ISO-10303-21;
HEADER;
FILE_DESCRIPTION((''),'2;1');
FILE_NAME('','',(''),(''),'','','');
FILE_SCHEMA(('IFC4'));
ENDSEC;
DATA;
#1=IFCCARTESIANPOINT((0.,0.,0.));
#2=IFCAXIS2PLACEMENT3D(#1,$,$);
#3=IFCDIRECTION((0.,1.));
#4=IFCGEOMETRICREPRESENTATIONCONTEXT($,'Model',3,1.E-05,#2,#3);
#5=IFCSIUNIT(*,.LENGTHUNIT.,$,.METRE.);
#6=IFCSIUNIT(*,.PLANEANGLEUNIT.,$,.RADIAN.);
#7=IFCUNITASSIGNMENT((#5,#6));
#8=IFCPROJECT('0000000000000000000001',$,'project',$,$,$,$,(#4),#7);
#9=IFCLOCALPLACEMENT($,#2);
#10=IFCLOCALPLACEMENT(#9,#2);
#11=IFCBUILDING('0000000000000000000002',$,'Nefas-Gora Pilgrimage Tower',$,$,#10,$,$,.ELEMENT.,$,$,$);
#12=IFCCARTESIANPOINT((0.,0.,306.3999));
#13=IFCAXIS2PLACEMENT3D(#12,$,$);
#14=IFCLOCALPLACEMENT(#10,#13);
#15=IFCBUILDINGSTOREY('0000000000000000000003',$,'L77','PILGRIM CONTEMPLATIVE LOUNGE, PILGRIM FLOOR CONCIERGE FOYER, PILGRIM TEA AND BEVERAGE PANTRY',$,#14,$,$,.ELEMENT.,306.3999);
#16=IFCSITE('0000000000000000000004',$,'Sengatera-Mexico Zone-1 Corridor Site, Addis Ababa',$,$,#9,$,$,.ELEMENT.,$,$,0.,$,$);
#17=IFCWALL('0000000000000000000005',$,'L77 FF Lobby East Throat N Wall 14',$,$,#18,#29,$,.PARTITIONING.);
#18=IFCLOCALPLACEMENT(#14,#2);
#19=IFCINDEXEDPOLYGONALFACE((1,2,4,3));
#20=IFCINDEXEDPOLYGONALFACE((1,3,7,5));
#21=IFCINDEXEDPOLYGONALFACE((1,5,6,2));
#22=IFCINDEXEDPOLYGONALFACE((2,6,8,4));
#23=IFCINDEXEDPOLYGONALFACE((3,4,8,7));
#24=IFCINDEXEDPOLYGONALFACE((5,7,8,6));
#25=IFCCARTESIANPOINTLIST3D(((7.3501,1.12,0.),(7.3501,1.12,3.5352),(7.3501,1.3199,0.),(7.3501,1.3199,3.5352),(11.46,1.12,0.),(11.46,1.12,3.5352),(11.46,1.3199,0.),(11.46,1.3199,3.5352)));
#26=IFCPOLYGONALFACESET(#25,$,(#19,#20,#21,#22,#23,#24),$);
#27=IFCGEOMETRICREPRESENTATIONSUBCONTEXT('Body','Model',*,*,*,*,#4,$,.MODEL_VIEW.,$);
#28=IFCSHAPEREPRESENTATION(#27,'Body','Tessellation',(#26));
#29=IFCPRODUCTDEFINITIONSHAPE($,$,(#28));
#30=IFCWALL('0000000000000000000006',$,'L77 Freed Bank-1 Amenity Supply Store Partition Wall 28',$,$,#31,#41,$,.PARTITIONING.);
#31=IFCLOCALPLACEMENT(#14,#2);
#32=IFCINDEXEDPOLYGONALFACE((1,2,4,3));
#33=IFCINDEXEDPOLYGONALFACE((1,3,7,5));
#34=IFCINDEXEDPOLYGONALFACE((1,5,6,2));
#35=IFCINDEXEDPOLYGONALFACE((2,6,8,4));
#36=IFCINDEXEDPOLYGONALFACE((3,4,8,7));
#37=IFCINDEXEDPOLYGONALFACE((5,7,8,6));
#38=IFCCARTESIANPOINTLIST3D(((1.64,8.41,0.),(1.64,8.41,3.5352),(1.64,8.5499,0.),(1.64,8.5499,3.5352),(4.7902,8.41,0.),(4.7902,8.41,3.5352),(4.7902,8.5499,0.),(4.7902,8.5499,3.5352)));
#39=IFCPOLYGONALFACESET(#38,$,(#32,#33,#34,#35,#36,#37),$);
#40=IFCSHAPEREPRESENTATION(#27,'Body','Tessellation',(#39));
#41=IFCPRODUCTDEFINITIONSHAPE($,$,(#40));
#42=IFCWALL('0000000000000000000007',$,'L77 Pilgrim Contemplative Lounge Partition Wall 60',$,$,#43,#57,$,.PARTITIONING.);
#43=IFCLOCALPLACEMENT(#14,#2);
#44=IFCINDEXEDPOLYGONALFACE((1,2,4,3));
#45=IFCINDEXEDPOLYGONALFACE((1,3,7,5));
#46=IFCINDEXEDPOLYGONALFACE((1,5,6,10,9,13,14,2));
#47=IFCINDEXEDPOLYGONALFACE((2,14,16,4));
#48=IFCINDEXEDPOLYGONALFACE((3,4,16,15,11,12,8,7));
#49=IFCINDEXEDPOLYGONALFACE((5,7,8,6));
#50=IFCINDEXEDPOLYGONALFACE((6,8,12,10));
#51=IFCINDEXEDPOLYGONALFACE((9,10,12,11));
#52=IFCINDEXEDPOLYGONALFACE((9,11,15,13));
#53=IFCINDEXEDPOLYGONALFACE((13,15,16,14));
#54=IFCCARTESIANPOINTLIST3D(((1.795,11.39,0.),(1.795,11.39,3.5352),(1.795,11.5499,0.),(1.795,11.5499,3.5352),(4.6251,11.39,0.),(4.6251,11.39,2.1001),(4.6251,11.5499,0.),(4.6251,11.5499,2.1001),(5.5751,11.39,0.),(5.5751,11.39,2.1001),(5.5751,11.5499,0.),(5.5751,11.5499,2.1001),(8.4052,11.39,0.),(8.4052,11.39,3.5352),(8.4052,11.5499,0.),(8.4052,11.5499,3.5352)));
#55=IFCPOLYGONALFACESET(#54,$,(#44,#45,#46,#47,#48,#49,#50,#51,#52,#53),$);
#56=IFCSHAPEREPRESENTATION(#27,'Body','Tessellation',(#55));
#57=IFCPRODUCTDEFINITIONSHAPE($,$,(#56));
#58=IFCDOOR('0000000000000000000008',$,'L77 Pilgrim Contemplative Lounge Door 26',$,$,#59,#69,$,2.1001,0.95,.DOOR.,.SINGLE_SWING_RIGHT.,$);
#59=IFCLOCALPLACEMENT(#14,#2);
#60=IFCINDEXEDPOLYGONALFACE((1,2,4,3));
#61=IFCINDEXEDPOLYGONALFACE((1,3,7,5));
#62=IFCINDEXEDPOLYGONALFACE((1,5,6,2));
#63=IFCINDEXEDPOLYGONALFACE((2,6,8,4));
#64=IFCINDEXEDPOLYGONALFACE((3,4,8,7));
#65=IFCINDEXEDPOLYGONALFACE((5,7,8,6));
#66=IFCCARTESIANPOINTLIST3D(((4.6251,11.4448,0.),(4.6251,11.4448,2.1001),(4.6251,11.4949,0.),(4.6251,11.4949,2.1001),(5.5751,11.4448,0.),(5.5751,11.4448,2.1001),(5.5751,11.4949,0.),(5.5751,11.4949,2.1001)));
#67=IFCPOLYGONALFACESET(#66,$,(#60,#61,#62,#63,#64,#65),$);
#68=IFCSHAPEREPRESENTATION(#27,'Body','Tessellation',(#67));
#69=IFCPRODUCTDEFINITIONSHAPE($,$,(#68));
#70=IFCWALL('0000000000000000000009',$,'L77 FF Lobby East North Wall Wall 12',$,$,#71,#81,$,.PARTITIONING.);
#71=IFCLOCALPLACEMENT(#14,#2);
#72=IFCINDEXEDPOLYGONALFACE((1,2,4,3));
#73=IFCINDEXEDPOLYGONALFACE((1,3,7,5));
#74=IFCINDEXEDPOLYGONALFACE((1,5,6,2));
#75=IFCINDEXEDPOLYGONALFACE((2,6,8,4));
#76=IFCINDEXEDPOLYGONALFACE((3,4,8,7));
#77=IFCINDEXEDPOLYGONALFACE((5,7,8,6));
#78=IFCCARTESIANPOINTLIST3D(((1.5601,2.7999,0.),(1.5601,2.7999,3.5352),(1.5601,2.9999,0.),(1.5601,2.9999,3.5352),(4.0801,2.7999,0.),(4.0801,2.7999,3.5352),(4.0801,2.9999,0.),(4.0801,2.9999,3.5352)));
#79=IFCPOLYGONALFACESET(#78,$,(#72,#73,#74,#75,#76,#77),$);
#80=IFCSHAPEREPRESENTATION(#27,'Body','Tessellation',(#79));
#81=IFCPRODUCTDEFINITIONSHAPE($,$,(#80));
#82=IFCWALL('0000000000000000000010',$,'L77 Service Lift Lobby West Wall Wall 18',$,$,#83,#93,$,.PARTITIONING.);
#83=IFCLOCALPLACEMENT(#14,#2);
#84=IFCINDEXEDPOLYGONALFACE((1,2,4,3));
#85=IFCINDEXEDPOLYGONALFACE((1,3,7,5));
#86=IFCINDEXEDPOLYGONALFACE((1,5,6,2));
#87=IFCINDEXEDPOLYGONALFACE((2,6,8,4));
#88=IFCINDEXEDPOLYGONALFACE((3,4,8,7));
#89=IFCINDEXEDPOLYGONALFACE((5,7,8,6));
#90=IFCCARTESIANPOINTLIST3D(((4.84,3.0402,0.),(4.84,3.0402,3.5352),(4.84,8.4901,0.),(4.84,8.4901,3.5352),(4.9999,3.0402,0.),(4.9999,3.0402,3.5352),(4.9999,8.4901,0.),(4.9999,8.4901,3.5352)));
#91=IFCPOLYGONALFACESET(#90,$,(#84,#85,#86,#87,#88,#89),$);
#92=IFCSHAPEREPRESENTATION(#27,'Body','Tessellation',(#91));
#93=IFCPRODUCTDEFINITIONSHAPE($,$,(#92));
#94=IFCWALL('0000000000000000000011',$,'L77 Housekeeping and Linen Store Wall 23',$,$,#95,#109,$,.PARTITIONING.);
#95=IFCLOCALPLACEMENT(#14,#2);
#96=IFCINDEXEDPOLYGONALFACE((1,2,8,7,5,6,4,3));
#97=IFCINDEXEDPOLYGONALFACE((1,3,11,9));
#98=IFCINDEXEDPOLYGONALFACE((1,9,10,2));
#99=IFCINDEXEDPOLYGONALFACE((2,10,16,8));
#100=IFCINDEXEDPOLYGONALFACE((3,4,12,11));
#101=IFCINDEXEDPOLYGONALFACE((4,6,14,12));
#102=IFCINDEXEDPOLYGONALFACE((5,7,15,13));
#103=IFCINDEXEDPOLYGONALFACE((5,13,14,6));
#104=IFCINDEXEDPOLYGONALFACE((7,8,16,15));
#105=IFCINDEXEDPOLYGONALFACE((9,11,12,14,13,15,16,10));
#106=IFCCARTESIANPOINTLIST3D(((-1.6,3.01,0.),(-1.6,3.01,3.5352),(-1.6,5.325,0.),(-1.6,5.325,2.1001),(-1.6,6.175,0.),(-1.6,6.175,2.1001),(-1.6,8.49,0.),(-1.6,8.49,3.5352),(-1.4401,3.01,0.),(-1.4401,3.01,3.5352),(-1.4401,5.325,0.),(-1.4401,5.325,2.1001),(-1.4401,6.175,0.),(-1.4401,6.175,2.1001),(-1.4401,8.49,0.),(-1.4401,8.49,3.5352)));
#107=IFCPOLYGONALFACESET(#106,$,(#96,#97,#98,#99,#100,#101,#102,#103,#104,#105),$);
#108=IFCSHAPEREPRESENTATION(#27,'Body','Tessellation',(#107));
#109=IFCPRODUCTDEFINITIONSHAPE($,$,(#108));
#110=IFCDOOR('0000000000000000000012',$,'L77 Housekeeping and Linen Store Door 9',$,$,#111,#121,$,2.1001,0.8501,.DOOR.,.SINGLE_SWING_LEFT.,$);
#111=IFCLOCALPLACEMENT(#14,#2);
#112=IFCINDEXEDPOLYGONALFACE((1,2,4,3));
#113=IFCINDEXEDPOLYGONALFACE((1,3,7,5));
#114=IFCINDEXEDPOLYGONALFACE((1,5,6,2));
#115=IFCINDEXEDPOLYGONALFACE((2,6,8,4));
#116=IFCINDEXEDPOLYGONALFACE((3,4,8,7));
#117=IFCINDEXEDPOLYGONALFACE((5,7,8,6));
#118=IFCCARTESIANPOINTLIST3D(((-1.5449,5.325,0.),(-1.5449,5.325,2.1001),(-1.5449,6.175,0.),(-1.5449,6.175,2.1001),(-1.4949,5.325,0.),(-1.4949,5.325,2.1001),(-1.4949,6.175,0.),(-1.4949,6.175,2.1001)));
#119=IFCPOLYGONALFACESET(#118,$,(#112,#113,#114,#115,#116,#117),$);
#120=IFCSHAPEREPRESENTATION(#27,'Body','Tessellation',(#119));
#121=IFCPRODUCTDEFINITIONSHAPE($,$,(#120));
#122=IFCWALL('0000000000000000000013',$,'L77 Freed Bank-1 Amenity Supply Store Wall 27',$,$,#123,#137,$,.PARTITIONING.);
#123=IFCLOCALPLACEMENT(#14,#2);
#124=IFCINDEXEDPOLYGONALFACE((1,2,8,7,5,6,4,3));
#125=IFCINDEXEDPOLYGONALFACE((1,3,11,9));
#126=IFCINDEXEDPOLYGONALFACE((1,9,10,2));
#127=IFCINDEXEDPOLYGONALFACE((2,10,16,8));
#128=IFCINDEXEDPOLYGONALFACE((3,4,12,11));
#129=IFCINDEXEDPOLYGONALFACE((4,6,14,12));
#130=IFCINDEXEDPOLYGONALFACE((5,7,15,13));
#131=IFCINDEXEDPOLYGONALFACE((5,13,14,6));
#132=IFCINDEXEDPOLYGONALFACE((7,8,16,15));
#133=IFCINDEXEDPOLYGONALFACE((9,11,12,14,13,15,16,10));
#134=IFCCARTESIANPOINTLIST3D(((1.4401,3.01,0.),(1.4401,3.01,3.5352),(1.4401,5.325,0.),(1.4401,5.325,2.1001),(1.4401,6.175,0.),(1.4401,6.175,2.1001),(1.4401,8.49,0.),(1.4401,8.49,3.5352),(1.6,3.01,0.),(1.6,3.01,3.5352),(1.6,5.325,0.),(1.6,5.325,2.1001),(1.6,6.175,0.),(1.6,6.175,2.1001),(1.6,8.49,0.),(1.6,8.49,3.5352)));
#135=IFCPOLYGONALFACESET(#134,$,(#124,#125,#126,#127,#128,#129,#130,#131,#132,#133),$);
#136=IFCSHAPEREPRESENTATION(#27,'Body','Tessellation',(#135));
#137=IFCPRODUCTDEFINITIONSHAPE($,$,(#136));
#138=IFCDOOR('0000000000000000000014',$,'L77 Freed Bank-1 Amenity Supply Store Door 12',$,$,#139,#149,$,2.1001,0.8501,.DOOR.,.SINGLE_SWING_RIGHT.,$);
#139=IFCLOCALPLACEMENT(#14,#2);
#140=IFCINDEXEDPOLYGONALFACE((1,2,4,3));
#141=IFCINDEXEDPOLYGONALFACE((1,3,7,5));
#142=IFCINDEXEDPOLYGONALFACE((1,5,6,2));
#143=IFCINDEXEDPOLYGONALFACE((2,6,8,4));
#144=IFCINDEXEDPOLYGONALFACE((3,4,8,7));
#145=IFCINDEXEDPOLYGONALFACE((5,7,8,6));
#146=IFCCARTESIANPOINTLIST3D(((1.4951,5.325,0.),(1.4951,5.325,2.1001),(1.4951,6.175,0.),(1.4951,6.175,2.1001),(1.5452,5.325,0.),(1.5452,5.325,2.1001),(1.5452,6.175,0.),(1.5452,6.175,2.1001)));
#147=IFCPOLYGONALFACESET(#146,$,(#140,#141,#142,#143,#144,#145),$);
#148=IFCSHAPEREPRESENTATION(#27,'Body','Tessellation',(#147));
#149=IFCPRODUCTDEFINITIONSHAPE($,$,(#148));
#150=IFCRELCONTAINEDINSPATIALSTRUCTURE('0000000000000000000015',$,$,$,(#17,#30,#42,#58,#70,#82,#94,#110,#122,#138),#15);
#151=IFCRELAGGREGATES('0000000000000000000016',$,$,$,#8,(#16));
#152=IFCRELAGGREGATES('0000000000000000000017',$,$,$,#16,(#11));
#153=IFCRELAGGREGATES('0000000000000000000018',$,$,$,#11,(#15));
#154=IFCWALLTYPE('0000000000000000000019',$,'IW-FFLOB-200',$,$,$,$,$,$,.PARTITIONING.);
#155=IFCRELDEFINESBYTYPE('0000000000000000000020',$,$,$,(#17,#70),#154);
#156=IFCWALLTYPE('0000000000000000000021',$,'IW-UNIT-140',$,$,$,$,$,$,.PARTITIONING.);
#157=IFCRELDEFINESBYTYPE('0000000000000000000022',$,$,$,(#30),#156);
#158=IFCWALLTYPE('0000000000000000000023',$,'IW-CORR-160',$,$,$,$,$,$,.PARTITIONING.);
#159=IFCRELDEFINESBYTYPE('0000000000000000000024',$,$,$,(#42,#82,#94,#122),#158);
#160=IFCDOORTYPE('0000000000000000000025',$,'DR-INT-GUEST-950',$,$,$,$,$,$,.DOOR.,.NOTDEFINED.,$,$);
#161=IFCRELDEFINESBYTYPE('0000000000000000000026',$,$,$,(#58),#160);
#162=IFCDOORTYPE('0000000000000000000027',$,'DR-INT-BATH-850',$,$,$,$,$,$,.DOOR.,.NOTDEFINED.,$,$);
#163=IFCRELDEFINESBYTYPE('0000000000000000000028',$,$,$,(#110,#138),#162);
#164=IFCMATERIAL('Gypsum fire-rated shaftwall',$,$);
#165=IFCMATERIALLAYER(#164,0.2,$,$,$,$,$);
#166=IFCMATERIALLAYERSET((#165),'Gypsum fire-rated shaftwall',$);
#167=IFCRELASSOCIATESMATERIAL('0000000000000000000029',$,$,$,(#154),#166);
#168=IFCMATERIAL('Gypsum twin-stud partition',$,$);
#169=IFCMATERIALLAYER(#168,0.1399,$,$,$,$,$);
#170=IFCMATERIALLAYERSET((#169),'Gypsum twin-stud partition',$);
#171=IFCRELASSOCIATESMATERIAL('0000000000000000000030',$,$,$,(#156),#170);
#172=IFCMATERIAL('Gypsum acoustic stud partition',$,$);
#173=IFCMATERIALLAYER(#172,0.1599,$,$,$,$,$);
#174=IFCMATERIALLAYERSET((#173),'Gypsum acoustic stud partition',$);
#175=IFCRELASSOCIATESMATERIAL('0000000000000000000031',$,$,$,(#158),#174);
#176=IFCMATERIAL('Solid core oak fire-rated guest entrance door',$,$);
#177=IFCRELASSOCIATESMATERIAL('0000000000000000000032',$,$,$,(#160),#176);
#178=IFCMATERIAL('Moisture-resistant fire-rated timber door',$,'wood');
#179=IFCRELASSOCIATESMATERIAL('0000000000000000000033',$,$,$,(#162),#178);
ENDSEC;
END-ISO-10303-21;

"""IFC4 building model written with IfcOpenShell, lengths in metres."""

from ifc_helpers import new_model, si_unit, direction, frame, frame_2d, origin, place, context, subcontext, project, spatial, rectangle, extrude, source, transform, mapped, material, layer, layer_set, type_object, element, fill, save


model = new_model("IFC4")

# Units and contexts
model_context = context("Model", 3, precision=1e-05, world=origin(), true_north=direction((0.0, 1.0)))
body_context = subcontext(model_context, "Body", "Model", "MODEL_VIEW")
ifc_project = project(units=[si_unit("LENGTHUNIT", "METRE"), si_unit("PLANEANGLEUNIT", "RADIAN")], contexts=[model_context])

# Site, building, storey
site_placement = place(None, origin())
site = spatial("IfcSite", under=ifc_project, at=site_placement, Name="Sengatera-Mexico Zone-1 Corridor Site, Addis Ababa", CompositionType="ELEMENT", RefElevation=0.0)
building_placement = place(site_placement, origin())
building = spatial("IfcBuilding", under=site, at=building_placement, Name="Nefas-Gora Pilgrimage Tower", CompositionType="ELEMENT")
storey_placement = place(building_placement, frame((0.0, 0.0, 306.3999)))
storey = spatial("IfcBuildingStorey", under=building, at=storey_placement, Name="L77", Description="PILGRIM CONTEMPLATIVE LOUNGE, PILGRIM FLOOR CONCIERGE FOYER, PILGRIM TEA AND BEVERAGE PANTRY", CompositionType="ELEMENT", Elevation=306.3999)

# Shared definitions
ifc_material_1 = material(Name="Gypsum fire-rated shaftwall")
ifc_layer_1 = layer(ifc_material_1, 0.2)
ifc_layer_set_1 = layer_set([ifc_layer_1], Name="Gypsum fire-rated shaftwall")
wall_type_1 = type_object("IfcWallType", Name="IW-FFLOB-200", PredefinedType="PARTITIONING", material=ifc_layer_set_1)

# Walls
shared_shape_1 = source(origin(), body_context, "Body", "SweptSolid", [
    extrude(rectangle(XDim=4.1099, YDim=0.2, at=frame_2d((2.0549, 0.0))), origin(), (0.0, 0.0, 1.0), 3.5352),
])
wall_1_placement = place(storey_placement, frame((7.3501, 1.22, 0.0), z_axis=(0.0, 0.0, 1.0), x_axis=(1.0, 0.0, 0.0)))
element("IfcWall", 1, at=wall_1_placement, inside=storey, type_object=wall_type_1, Name="L77 FF Lobby East Throat N Wall 14", PredefinedType="PARTITIONING", context=body_context, shape_type="MappedRepresentation", body=[
    mapped(shared_shape_1, transform((0.0, 0.0, 0.0), x_axis=(1.0, 0.0, 0.0), y_axis=(0.0, 1.0, 0.0), z_axis=(0.0, 0.0, 1.0), scale=1.0)),
])
ifc_material_2 = material(Name="Gypsum twin-stud partition")
ifc_layer_2 = layer(ifc_material_2, 0.1399)
ifc_layer_set_2 = layer_set([ifc_layer_2], Name="Gypsum twin-stud partition")
wall_type_2 = type_object("IfcWallType", Name="IW-UNIT-140", PredefinedType="PARTITIONING", material=ifc_layer_set_2)
shared_shape_2 = source(origin(), body_context, "Body", "SweptSolid", [
    extrude(rectangle(XDim=3.1501, YDim=0.1399, at=frame_2d((1.5752, 0.0))), origin(), (0.0, 0.0, 1.0), 3.5352),
])
wall_2_placement = place(storey_placement, frame((1.6399, 8.48, 0.0), z_axis=(0.0, 0.0, 1.0), x_axis=(1.0, 0.0, 0.0)))
element("IfcWall", 2, at=wall_2_placement, inside=storey, type_object=wall_type_2, Name="L77 Freed Bank-1 Amenity Supply Store Partition Wall 28", PredefinedType="PARTITIONING", context=body_context, shape_type="MappedRepresentation", body=[
    mapped(shared_shape_2, transform((0.0, 0.0, 0.0), x_axis=(1.0, 0.0, 0.0), y_axis=(0.0, 1.0, 0.0), z_axis=(0.0, 0.0, 1.0), scale=1.0)),
])

# Wall, opening, door
ifc_material_3 = material(Name="Gypsum acoustic stud partition")
ifc_layer_3 = layer(ifc_material_3, 0.1599)
ifc_layer_set_3 = layer_set([ifc_layer_3], Name="Gypsum acoustic stud partition")
wall_type_3 = type_object("IfcWallType", Name="IW-CORR-160", PredefinedType="PARTITIONING", material=ifc_layer_set_3)
shared_shape_3 = source(origin(), body_context, "Body", "SweptSolid", [
    extrude(rectangle(XDim=6.6101, YDim=0.1599, at=frame_2d((3.3052, 0.0))), origin(), (0.0, 0.0, 1.0), 3.5352),
])
wall_3_placement = place(storey_placement, frame((1.7949, 11.47, 0.0), z_axis=(0.0, 0.0, 1.0), x_axis=(1.0, 0.0, 0.0)))
wall_3 = element("IfcWall", 3, at=wall_3_placement, inside=storey, type_object=wall_type_3, Name="L77 Pilgrim Contemplative Lounge Partition Wall 60", PredefinedType="PARTITIONING", context=body_context, shape_type="MappedRepresentation", body=[
    mapped(shared_shape_3, transform((0.0, 0.0, 0.0), x_axis=(1.0, 0.0, 0.0), y_axis=(0.0, 1.0, 0.0), z_axis=(0.0, 0.0, 1.0), scale=1.0)),
])
opening_1_placement = place(wall_3_placement, frame((2.8301, 0.0, 0.0)))
opening_1 = element("IfcOpeningElement", 4, at=opening_1_placement, cuts=wall_3, PredefinedType="OPENING", context=body_context, shape_type="SweptSolid", body=[
    extrude(rectangle(XDim=0.95, YDim=2.1001, at=frame_2d((0.4751, 1.05))), frame((0.0, 0.0898, 0.0), z_axis=(0.0, -1.0, 0.0), x_axis=(1.0, 0.0, 0.0)), (0.0, 0.0, 1.0), 0.1799),
])
ifc_material_4 = material(Name="Solid core oak fire-rated guest entrance door")
door_type_1 = type_object("IfcDoorType", Name="DR-INT-GUEST-950", OperationType="NOTDEFINED", PredefinedType="DOOR", material=ifc_material_4)
shared_shape_4 = source(origin(), body_context, "Body", "SweptSolid", [
    extrude(rectangle(XDim=0.95, YDim=2.1001, at=frame_2d((0.4751, 1.05))), frame((0.0, 0.0249, 0.0), z_axis=(0.0, -1.0, 0.0), x_axis=(1.0, 0.0, 0.0)), (0.0, 0.0, 1.0), 0.05),
])
door_1_placement = place(opening_1_placement, origin())
door_1 = element("IfcDoor", 5, at=door_1_placement, inside=storey, type_object=door_type_1, Name="L77 Pilgrim Contemplative Lounge Door 26", OperationType="SINGLE_SWING_RIGHT", OverallHeight=2.1001, OverallWidth=0.95, PredefinedType="DOOR", context=body_context, shape_type="MappedRepresentation", body=[
    mapped(shared_shape_4, transform((0.0, 0.0, 0.0), x_axis=(1.0, 0.0, 0.0), y_axis=(0.0, 1.0, 0.0), z_axis=(0.0, 0.0, 1.0), scale=1.0)),
])
fill(opening_1, door_1)

# Walls
shared_shape_5 = source(origin(), body_context, "Body", "SweptSolid", [
    extrude(rectangle(XDim=2.52, YDim=0.2, at=frame_2d((1.26, 0.0))), origin(), (0.0, 0.0, 1.0), 3.5352),
])
wall_4_placement = place(storey_placement, frame((1.5601, 2.8999, 0.0), z_axis=(0.0, 0.0, 1.0), x_axis=(1.0, 0.0, 0.0)))
element("IfcWall", 6, at=wall_4_placement, inside=storey, type_object=wall_type_1, Name="L77 FF Lobby East North Wall Wall 12", PredefinedType="PARTITIONING", context=body_context, shape_type="MappedRepresentation", body=[
    mapped(shared_shape_5, transform((0.0, 0.0, 0.0), x_axis=(1.0, 0.0, 0.0), y_axis=(0.0, 1.0, 0.0), z_axis=(0.0, 0.0, 1.0), scale=1.0)),
])
shared_shape_6 = source(origin(), body_context, "Body", "SweptSolid", [
    extrude(rectangle(XDim=5.45, YDim=0.1599, at=frame_2d((2.7251, 0.0))), origin(), (0.0, 0.0, 1.0), 3.5352),
])
wall_5_placement = place(storey_placement, frame((4.9199, 3.04, 0.0), z_axis=(0.0, 0.0, 1.0), x_axis=(0.0, 1.0, 0.0)))
element("IfcWall", 7, at=wall_5_placement, inside=storey, type_object=wall_type_3, Name="L77 Service Lift Lobby West Wall Wall 18", PredefinedType="PARTITIONING", context=body_context, shape_type="MappedRepresentation", body=[
    mapped(shared_shape_6, transform((0.0, 0.0, 0.0), x_axis=(1.0, 0.0, 0.0), y_axis=(0.0, 1.0, 0.0), z_axis=(0.0, 0.0, 1.0), scale=1.0)),
])

# Walls, openings, doors
shared_shape_7 = source(origin(), body_context, "Body", "SweptSolid", [
    extrude(rectangle(XDim=5.48, YDim=0.1599, at=frame_2d((2.74, 0.0))), origin(), (0.0, 0.0, 1.0), 3.5352),
])
wall_6_placement = place(storey_placement, frame((-1.52, 3.01, 0.0), z_axis=(0.0, 0.0, 1.0), x_axis=(0.0, 1.0, 0.0)))
wall_6 = element("IfcWall", 8, at=wall_6_placement, inside=storey, type_object=wall_type_3, Name="L77 Housekeeping and Linen Store Wall 23", PredefinedType="PARTITIONING", context=body_context, shape_type="MappedRepresentation", body=[
    mapped(shared_shape_7, transform((0.0, 0.0, 0.0), x_axis=(1.0, 0.0, 0.0), y_axis=(0.0, 1.0, 0.0), z_axis=(0.0, 0.0, 1.0), scale=1.0)),
])
opening_2_placement = place(wall_6_placement, frame((2.3149, 0.0, 0.0)))
opening_2 = element("IfcOpeningElement", 9, at=opening_2_placement, cuts=wall_6, PredefinedType="OPENING", context=body_context, shape_type="SweptSolid", body=[
    extrude(rectangle(XDim=0.8501, YDim=2.1001, at=frame_2d((0.425, 1.05))), frame((0.0, 0.0898, 0.0), z_axis=(0.0, -1.0, 0.0), x_axis=(1.0, 0.0, 0.0)), (0.0, 0.0, 1.0), 0.1799),
])
ifc_material_5 = material(Name="Moisture-resistant fire-rated timber door", Category="wood")
door_type_2 = type_object("IfcDoorType", Name="DR-INT-BATH-850", OperationType="NOTDEFINED", PredefinedType="DOOR", material=ifc_material_5)
shared_shape_8 = source(origin(), body_context, "Body", "SweptSolid", [
    extrude(rectangle(XDim=0.8501, YDim=2.1001, at=frame_2d((0.425, 1.05))), frame((0.0, 0.0249, 0.0), z_axis=(0.0, -1.0, 0.0), x_axis=(1.0, 0.0, 0.0)), (0.0, 0.0, 1.0), 0.05),
])
door_2_placement = place(opening_2_placement, origin())
door_2 = element("IfcDoor", 10, at=door_2_placement, inside=storey, type_object=door_type_2, Name="L77 Housekeeping and Linen Store Door 9", OperationType="SINGLE_SWING_LEFT", OverallHeight=2.1001, OverallWidth=0.8501, PredefinedType="DOOR", context=body_context, shape_type="MappedRepresentation", body=[
    mapped(shared_shape_8, transform((0.0, 0.0, 0.0), x_axis=(1.0, 0.0, 0.0), y_axis=(0.0, 1.0, 0.0), z_axis=(0.0, 0.0, 1.0), scale=1.0)),
])
fill(opening_2, door_2)
wall_7_placement = place(storey_placement, frame((1.52, 3.01, 0.0), z_axis=(0.0, 0.0, 1.0), x_axis=(0.0, 1.0, 0.0)))
wall_7 = element("IfcWall", 11, at=wall_7_placement, inside=storey, type_object=wall_type_3, Name="L77 Freed Bank-1 Amenity Supply Store Wall 27", PredefinedType="PARTITIONING", context=body_context, shape_type="MappedRepresentation", body=[
    mapped(shared_shape_7, transform((0.0, 0.0, 0.0), x_axis=(1.0, 0.0, 0.0), y_axis=(0.0, 1.0, 0.0), z_axis=(0.0, 0.0, 1.0), scale=1.0)),
])
opening_3_placement = place(wall_7_placement, frame((2.3149, 0.0, 0.0)))
opening_3 = element("IfcOpeningElement", 12, at=opening_3_placement, cuts=wall_7, PredefinedType="OPENING", context=body_context, shape_type="SweptSolid", body=[
    extrude(rectangle(XDim=0.8501, YDim=2.1001, at=frame_2d((0.425, 1.05))), frame((0.0, 0.0898, 0.0), z_axis=(0.0, -1.0, 0.0), x_axis=(1.0, 0.0, 0.0)), (0.0, 0.0, 1.0), 0.1799),
])
door_3_placement = place(opening_3_placement, origin())
door_3 = element("IfcDoor", 13, at=door_3_placement, inside=storey, type_object=door_type_2, Name="L77 Freed Bank-1 Amenity Supply Store Door 12", OperationType="SINGLE_SWING_RIGHT", OverallHeight=2.1001, OverallWidth=0.8501, PredefinedType="DOOR", context=body_context, shape_type="MappedRepresentation", body=[
    mapped(shared_shape_8, transform((0.0, 0.0, 0.0), x_axis=(1.0, 0.0, 0.0), y_axis=(0.0, 1.0, 0.0), z_axis=(0.0, 0.0, 1.0), scale=1.0)),
])
fill(opening_3, door_3)

save(model, "model.ifc")
